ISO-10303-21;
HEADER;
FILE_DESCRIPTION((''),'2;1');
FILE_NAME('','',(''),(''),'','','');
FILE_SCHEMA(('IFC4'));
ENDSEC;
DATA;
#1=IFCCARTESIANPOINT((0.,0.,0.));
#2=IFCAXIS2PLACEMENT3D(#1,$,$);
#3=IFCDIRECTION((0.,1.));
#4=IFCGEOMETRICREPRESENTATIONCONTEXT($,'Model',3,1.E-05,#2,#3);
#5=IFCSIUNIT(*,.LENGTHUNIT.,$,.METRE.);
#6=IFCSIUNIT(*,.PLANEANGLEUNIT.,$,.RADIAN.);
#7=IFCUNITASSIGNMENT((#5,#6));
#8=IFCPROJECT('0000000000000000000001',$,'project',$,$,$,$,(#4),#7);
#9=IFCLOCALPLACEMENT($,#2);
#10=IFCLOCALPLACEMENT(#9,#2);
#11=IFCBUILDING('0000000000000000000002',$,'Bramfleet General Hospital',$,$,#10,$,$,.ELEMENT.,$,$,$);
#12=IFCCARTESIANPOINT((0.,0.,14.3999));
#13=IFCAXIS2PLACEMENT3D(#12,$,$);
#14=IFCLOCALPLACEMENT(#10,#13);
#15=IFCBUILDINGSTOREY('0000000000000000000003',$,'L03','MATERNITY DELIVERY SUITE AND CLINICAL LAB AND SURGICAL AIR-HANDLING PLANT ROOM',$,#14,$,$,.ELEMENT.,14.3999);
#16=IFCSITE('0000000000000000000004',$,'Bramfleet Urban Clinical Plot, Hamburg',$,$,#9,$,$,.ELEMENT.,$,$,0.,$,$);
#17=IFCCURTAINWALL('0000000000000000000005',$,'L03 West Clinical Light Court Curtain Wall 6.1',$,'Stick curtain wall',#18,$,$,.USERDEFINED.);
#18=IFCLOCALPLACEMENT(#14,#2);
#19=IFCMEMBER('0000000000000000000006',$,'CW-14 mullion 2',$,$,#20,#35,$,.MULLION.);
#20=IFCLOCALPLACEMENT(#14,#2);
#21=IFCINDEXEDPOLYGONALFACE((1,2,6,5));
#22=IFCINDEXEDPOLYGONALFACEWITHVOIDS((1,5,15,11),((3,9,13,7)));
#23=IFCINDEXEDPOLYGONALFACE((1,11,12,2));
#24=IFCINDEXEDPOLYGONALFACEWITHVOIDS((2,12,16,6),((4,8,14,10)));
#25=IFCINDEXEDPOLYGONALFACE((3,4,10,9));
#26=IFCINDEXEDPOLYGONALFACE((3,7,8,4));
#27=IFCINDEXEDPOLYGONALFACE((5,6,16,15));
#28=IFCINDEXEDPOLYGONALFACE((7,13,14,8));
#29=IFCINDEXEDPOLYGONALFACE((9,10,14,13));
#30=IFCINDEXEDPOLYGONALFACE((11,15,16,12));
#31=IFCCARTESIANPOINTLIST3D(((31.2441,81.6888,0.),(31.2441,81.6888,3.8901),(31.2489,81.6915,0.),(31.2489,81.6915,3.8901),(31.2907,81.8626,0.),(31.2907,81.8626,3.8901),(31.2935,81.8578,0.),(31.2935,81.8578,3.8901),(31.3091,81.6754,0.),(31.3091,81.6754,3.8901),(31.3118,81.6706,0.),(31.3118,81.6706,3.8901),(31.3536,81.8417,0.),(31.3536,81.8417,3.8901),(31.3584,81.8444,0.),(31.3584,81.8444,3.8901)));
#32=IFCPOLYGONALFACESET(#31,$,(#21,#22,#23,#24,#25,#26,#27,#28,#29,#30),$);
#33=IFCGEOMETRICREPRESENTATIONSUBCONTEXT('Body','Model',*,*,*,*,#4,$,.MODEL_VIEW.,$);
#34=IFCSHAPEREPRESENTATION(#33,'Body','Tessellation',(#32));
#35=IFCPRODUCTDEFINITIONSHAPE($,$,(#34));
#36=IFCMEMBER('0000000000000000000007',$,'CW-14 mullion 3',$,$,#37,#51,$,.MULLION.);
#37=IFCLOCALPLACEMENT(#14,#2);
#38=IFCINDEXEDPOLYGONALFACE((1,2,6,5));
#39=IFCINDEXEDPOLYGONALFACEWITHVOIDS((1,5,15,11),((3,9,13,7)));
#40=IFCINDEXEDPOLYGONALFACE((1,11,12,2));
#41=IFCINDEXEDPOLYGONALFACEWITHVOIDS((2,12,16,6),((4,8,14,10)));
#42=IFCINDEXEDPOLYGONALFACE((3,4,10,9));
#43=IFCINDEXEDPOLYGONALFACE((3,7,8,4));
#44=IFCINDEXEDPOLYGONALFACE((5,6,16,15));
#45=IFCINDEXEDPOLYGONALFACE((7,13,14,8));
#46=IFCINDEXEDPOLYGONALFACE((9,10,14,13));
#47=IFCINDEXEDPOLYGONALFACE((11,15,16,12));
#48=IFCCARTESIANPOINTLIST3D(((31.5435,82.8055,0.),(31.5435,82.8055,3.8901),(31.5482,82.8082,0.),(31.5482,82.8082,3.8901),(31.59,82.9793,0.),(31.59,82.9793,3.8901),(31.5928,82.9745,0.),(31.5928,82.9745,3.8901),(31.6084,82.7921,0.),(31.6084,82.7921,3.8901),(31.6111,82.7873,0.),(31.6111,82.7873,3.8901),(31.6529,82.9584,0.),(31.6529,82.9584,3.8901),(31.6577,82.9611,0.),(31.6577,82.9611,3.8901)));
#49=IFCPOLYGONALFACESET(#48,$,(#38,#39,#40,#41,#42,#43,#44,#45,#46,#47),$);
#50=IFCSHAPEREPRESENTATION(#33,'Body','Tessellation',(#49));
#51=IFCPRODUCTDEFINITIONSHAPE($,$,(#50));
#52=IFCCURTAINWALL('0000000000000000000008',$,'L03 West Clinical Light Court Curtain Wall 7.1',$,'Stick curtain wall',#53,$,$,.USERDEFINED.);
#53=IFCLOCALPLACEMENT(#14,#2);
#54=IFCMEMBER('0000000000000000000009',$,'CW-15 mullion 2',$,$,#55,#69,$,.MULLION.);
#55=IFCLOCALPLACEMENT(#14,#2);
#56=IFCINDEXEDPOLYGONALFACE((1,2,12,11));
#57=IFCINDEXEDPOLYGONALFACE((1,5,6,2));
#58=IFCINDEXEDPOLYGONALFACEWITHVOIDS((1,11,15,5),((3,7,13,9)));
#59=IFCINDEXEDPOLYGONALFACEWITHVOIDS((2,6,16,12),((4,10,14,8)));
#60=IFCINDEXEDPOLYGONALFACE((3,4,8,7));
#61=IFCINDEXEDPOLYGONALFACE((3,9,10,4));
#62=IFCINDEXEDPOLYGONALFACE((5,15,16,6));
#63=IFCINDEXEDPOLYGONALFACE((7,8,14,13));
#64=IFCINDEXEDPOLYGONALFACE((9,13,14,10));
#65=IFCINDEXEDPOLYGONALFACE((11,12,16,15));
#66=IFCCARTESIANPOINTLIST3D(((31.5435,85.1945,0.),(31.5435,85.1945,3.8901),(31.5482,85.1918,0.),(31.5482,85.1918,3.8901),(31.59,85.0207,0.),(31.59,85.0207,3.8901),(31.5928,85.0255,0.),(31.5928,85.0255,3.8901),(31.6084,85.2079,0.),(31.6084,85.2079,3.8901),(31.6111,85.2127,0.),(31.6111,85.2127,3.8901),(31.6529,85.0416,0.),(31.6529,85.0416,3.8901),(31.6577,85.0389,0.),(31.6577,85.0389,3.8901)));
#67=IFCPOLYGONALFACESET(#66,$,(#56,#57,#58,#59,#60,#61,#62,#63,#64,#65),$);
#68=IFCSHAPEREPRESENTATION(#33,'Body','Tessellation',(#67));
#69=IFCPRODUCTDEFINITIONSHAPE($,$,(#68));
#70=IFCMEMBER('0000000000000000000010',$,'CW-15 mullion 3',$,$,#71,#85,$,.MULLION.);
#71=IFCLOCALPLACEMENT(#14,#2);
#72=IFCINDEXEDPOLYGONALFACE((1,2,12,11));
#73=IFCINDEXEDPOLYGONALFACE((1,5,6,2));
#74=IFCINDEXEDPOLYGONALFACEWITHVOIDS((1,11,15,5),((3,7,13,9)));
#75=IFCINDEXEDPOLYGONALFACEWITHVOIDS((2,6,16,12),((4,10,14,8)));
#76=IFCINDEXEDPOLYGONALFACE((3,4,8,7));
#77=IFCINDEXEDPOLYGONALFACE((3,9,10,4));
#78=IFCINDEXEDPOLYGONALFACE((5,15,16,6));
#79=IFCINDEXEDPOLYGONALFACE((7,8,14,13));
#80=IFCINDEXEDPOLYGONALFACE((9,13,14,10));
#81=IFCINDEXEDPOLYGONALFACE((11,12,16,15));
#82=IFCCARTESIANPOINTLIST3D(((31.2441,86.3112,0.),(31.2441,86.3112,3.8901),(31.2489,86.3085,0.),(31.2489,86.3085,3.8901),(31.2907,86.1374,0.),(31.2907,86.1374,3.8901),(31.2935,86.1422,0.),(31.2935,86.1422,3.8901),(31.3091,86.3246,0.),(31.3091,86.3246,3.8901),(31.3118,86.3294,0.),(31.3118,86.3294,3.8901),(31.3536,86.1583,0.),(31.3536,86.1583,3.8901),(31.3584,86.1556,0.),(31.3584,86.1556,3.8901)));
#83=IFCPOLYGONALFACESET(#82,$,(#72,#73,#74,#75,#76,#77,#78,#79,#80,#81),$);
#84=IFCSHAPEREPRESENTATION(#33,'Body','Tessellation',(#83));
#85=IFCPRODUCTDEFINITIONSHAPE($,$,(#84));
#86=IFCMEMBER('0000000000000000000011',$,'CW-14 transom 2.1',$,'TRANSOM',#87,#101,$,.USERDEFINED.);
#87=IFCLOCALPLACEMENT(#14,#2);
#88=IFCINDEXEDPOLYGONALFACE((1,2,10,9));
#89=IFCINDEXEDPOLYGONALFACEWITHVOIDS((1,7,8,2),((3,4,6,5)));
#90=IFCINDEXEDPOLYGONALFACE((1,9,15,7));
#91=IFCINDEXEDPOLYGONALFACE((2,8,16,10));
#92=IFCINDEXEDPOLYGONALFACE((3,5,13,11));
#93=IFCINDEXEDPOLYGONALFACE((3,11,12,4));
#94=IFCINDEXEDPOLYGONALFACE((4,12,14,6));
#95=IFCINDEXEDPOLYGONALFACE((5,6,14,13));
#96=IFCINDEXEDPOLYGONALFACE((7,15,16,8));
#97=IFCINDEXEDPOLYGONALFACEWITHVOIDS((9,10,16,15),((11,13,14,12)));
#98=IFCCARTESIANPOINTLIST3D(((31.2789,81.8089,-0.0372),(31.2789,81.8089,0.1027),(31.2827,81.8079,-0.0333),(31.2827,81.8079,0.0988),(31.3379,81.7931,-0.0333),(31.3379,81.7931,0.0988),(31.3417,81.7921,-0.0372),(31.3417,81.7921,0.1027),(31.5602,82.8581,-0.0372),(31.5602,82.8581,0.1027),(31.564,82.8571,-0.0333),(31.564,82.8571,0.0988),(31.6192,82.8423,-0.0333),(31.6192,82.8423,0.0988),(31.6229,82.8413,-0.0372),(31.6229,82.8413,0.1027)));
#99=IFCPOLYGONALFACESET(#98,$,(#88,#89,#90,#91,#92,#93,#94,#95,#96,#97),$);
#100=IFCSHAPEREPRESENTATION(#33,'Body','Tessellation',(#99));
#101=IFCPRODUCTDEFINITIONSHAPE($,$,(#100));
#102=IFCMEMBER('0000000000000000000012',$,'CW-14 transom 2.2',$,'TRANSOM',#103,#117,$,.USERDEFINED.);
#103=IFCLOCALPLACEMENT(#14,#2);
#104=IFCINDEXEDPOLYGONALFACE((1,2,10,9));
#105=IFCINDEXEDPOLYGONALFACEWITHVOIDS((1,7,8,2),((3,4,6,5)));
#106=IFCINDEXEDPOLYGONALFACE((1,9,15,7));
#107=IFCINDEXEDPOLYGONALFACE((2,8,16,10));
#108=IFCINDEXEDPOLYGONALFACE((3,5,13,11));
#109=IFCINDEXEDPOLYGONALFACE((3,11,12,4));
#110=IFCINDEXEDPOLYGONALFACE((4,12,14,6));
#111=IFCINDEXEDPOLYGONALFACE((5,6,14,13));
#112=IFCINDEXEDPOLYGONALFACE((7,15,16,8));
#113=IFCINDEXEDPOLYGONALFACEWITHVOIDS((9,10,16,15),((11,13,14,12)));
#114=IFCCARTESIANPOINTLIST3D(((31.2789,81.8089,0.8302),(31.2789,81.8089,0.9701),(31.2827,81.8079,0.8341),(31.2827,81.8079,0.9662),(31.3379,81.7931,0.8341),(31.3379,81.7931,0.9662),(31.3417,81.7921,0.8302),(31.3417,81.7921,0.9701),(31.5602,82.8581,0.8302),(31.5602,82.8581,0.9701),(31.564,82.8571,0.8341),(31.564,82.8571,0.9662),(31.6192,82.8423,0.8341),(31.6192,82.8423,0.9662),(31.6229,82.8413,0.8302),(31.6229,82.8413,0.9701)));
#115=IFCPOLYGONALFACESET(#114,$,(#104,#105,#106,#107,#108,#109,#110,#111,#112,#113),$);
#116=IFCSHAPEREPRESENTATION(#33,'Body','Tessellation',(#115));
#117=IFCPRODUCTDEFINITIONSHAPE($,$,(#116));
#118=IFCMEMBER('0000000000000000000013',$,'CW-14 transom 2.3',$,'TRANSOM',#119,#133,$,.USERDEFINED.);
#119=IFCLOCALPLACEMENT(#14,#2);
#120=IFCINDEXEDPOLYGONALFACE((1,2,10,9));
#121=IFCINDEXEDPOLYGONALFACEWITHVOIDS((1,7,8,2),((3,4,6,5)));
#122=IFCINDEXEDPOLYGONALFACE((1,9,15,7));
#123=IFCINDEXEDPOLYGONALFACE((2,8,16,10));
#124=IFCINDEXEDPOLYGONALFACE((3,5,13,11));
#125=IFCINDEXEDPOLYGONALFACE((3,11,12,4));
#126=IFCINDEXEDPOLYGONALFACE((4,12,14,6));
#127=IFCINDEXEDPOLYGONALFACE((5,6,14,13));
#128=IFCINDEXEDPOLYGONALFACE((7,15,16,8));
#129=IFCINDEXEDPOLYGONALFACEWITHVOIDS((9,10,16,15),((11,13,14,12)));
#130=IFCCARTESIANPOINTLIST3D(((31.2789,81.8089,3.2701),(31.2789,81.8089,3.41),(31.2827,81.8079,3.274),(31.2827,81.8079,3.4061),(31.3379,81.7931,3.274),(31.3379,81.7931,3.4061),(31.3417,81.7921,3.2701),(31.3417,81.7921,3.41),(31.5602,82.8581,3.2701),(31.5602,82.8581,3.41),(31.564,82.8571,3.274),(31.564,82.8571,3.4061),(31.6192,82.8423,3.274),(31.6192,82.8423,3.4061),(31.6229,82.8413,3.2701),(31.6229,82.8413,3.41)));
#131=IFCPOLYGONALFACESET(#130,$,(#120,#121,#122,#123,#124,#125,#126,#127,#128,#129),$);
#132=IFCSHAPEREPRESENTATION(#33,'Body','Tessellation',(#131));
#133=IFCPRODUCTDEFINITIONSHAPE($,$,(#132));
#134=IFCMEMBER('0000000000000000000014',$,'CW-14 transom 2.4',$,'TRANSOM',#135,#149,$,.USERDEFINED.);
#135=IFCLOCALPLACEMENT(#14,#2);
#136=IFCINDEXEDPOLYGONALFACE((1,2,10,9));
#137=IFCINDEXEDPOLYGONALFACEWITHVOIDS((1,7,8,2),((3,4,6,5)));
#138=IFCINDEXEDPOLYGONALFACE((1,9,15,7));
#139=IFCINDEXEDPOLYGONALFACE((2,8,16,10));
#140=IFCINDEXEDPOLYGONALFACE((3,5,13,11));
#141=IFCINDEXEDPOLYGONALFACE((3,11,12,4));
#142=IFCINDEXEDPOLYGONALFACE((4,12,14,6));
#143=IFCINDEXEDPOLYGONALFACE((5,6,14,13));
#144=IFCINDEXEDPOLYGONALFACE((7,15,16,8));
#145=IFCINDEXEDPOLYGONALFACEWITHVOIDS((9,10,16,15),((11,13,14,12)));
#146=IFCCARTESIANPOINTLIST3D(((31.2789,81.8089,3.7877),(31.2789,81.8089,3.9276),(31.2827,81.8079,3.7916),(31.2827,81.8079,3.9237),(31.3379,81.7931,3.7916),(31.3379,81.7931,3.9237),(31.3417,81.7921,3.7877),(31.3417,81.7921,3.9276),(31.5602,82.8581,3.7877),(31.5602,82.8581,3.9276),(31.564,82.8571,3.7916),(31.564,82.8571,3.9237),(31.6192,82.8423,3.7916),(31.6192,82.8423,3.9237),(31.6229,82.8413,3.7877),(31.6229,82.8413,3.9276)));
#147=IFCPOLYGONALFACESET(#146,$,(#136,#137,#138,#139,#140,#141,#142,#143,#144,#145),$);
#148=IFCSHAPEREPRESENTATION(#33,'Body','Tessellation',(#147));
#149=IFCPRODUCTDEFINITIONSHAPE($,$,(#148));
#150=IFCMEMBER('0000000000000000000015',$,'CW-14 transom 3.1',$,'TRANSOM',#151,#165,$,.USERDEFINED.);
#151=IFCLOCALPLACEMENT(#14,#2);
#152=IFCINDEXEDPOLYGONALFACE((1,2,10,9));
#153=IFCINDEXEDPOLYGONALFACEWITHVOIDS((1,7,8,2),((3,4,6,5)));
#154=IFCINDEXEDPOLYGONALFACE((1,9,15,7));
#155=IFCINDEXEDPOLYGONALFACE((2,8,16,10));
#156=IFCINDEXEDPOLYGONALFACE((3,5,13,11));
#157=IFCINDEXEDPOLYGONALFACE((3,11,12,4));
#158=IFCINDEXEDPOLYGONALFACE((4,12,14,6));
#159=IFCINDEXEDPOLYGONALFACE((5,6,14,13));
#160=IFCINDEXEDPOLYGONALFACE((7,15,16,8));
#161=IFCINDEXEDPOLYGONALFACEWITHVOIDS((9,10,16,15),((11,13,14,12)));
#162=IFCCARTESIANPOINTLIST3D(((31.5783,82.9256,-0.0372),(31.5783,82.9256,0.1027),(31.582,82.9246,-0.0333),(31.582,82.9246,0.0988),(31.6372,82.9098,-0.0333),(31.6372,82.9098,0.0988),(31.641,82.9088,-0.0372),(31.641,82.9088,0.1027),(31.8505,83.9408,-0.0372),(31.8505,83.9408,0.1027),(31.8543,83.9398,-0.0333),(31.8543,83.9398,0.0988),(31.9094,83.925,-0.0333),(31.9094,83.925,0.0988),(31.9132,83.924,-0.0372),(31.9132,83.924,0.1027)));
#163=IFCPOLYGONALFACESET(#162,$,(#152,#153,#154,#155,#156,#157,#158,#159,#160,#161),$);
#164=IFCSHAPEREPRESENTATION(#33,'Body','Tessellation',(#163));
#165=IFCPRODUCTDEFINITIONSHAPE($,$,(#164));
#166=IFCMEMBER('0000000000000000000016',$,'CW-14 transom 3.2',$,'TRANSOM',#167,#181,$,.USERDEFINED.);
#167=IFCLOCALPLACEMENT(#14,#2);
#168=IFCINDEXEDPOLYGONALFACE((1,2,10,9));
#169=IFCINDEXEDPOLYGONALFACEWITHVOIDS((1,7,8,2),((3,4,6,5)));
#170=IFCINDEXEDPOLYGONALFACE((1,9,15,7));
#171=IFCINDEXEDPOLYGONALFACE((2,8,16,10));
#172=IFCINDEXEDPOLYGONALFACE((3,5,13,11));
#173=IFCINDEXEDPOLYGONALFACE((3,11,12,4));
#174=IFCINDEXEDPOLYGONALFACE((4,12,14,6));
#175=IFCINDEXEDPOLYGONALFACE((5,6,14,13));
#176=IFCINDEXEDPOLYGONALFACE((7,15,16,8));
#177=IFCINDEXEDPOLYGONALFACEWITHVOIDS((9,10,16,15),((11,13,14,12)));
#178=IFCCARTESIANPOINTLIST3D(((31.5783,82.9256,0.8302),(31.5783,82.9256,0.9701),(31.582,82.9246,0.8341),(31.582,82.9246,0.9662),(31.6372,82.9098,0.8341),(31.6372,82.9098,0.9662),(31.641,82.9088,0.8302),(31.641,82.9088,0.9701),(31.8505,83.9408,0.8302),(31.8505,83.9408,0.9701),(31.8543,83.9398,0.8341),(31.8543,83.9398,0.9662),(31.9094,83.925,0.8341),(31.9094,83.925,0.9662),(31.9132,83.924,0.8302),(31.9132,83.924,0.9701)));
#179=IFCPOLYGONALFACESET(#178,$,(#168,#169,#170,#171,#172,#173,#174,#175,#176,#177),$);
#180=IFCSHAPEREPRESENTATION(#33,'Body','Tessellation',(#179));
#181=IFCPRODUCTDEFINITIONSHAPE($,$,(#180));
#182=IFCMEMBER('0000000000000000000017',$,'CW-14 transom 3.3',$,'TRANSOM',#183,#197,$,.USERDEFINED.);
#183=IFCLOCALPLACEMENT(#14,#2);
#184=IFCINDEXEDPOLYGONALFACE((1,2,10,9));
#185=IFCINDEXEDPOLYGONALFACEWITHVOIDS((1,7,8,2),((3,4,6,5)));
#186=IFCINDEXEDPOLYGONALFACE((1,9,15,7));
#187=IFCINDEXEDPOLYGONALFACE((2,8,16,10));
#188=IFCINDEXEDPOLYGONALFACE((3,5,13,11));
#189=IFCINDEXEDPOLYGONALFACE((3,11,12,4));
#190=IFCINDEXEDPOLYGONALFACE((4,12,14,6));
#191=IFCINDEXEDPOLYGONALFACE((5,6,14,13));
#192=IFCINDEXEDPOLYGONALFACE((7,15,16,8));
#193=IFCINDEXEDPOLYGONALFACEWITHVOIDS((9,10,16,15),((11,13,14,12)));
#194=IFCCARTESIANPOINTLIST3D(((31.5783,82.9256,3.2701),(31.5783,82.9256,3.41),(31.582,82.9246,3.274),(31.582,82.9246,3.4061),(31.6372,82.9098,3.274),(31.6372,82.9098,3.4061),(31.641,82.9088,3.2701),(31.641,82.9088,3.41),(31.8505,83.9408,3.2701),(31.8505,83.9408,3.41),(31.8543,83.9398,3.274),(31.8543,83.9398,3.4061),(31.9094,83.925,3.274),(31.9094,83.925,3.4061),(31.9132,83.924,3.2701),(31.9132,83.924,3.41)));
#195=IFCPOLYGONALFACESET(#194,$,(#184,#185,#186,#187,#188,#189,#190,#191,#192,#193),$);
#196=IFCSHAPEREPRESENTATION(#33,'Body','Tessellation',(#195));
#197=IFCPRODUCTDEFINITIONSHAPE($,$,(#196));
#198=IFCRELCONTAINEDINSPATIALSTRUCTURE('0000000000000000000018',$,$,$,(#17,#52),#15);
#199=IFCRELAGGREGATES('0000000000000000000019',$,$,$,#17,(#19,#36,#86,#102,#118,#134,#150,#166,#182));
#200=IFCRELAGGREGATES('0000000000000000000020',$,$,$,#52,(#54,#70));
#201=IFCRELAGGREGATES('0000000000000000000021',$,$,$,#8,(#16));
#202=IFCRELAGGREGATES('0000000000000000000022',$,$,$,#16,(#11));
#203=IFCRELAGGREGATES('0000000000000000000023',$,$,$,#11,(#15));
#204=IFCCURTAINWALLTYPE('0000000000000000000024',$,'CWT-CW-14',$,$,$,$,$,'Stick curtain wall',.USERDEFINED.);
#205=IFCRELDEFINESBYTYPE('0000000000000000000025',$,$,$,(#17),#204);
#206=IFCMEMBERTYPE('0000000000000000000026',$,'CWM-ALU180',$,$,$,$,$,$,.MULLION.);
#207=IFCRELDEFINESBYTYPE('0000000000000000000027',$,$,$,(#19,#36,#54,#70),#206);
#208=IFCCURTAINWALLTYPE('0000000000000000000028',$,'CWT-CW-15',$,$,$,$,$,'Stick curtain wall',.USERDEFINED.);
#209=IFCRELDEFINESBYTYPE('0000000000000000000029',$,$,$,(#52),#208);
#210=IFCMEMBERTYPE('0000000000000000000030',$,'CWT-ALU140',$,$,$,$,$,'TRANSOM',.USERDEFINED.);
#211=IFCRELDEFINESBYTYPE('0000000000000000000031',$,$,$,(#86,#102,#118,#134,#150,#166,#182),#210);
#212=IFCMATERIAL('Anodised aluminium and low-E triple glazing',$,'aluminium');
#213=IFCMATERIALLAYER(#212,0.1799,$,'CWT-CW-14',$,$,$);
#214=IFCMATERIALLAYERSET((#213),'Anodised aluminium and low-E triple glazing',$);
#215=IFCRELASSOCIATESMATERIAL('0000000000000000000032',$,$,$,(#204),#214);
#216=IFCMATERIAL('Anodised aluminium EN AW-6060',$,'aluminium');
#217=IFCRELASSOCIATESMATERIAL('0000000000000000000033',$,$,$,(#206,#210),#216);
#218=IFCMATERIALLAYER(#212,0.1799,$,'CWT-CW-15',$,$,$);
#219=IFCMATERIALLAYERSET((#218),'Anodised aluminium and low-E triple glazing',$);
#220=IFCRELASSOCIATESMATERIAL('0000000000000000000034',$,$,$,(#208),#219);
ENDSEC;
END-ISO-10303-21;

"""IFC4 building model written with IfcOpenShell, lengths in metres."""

from ifc_helpers import new_model, si_unit, direction, frame, origin, origin_2d, place, context, subcontext, project, spatial, hollow_rectangle, extrude, material, layer, layer_set, material_profile, profile_set, type_object, element, aggregate, save


model = new_model("IFC4")

# Units and contexts
model_context = context("Model", 3, precision=1e-05, world=origin(), true_north=direction((0.0, 1.0)))
body_context = subcontext(model_context, "Body", "Model", "MODEL_VIEW")
ifc_project = project(units=[si_unit("LENGTHUNIT", "METRE"), si_unit("PLANEANGLEUNIT", "RADIAN")], contexts=[model_context])

# Site, building, storey
site_placement = place(None, origin())
site = spatial("IfcSite", under=ifc_project, at=site_placement, Name="Bramfleet Urban Clinical Plot, Hamburg", CompositionType="ELEMENT", RefElevation=0.0)
building_placement = place(site_placement, origin())
building = spatial("IfcBuilding", under=site, at=building_placement, Name="Bramfleet General Hospital", CompositionType="ELEMENT")
storey_placement = place(building_placement, frame((0.0, 0.0, 14.3999)))
storey = spatial("IfcBuildingStorey", under=building, at=storey_placement, Name="L03", Description="MATERNITY DELIVERY SUITE AND CLINICAL LAB AND SURGICAL AIR-HANDLING PLANT ROOM", CompositionType="ELEMENT", Elevation=14.3999)

# Curtain walls, members
ifc_material_1 = material(Name="Anodised aluminium and low-E triple glazing", Category="aluminium")
ifc_layer_1 = layer(ifc_material_1, 0.1799, Name="CWT-CW-14")
ifc_layer_set_1 = layer_set([ifc_layer_1], Name="Anodised aluminium and low-E triple glazing")
curtain_wall_type_1 = type_object("IfcCurtainWallType", Name="CWT-CW-14", ElementType="Stick curtain wall", PredefinedType="USERDEFINED", material=ifc_layer_set_1)
curtain_wall_1_placement = place(storey_placement, origin())
curtain_wall_1 = element("IfcCurtainWall", 1, at=curtain_wall_1_placement, inside=storey, type_object=curtain_wall_type_1, Name="L03 West Clinical Light Court Curtain Wall 6.1", ObjectType="Stick curtain wall", PredefinedType="USERDEFINED")
ifc_material_2 = material(Name="Anodised aluminium EN AW-6060", Category="aluminium")
ifc_material_profile_1 = material_profile(ifc_material_2, hollow_rectangle(XDim=0.0701, YDim=0.1799, WallThickness=0.0039, at=origin_2d()), Name="ALU 180x70x4.0")
ifc_profile_set_1 = profile_set([ifc_material_profile_1], Name="Anodised aluminium EN AW-6060")
member_type_1 = type_object("IfcMemberType", Name="CWM-ALU180", PredefinedType="MULLION", material=ifc_profile_set_1)
member_1_placement = place(storey_placement, frame((31.3013, 81.7666, 0.0), z_axis=(0.0, 0.0, 1.0), x_axis=(-0.965899, 0.258919, 0.0)))
member_1 = element("IfcMember", 2, at=member_1_placement, type_object=member_type_1, Name="CW-14 mullion 2", PredefinedType="MULLION", context=body_context, shape_type="SweptSolid", body=[
    extrude(hollow_rectangle(XDim=0.0701, YDim=0.1799, WallThickness=0.0039, at=origin_2d()), origin(), (0.0, 0.0, 1.0), 3.8901),
])
member_2_placement = place(storey_placement, frame((31.6006, 82.8833, 0.0), z_axis=(0.0, 0.0, 1.0), x_axis=(-0.965899, 0.258919, 0.0)))
member_2 = element("IfcMember", 3, at=member_2_placement, type_object=member_type_1, Name="CW-14 mullion 3", PredefinedType="MULLION", context=body_context, shape_type="SweptSolid", body=[
    extrude(hollow_rectangle(XDim=0.0701, YDim=0.1799, WallThickness=0.0039, at=origin_2d()), origin(), (0.0, 0.0, 1.0), 3.8901),
])
ifc_layer_2 = layer(ifc_material_1, 0.1799, Name="CWT-CW-15")
ifc_layer_set_2 = layer_set([ifc_layer_2], Name="Anodised aluminium and low-E triple glazing")
curtain_wall_type_2 = type_object("IfcCurtainWallType", Name="CWT-CW-15", ElementType="Stick curtain wall", PredefinedType="USERDEFINED", material=ifc_layer_set_2)
curtain_wall_2_placement = place(storey_placement, origin())
curtain_wall_2 = element("IfcCurtainWall", 4, at=curtain_wall_2_placement, inside=storey, type_object=curtain_wall_type_2, Name="L03 West Clinical Light Court Curtain Wall 7.1", ObjectType="Stick curtain wall", PredefinedType="USERDEFINED")
member_3_placement = place(storey_placement, frame((31.6006, 85.1167, 0.0), z_axis=(0.0, 0.0, 1.0), x_axis=(-0.965899, -0.258919, 0.0)))
member_3 = element("IfcMember", 5, at=member_3_placement, type_object=member_type_1, Name="CW-15 mullion 2", PredefinedType="MULLION", context=body_context, shape_type="SweptSolid", body=[
    extrude(hollow_rectangle(XDim=0.0701, YDim=0.1799, WallThickness=0.0039, at=origin_2d()), origin(), (0.0, 0.0, 1.0), 3.8901),
])
member_4_placement = place(storey_placement, frame((31.3013, 86.2334, 0.0), z_axis=(0.0, 0.0, 1.0), x_axis=(-0.965899, -0.258919, 0.0)))
member_4 = element("IfcMember", 6, at=member_4_placement, type_object=member_type_1, Name="CW-15 mullion 3", PredefinedType="MULLION", context=body_context, shape_type="SweptSolid", body=[
    extrude(hollow_rectangle(XDim=0.0701, YDim=0.1799, WallThickness=0.0039, at=origin_2d()), origin(), (0.0, 0.0, 1.0), 3.8901),
])

# Members
ifc_material_profile_2 = material_profile(ifc_material_2, hollow_rectangle(XDim=0.0649, YDim=0.1399, WallThickness=0.0039, at=origin_2d()), Name="ALU 140x65x4.0")
ifc_profile_set_2 = profile_set([ifc_material_profile_2], Name="Anodised aluminium EN AW-6060")
member_type_2 = type_object("IfcMemberType", Name="CWT-ALU140", ElementType="TRANSOM", PredefinedType="USERDEFINED", material=ifc_profile_set_2)
member_5_placement = place(storey_placement, frame((31.3103, 81.8005, 0.0327), z_axis=(0.25895, 0.965891, 0.0), x_axis=(-0.965891, 0.25895, 0.0)))
member_5 = element("IfcMember", 7, at=member_5_placement, type_object=member_type_2, Name="CW-14 transom 2.1", ObjectType="TRANSOM", PredefinedType="USERDEFINED", context=body_context, shape_type="SweptSolid", body=[
    extrude(hollow_rectangle(XDim=0.0649, YDim=0.1399, WallThickness=0.0039, at=origin_2d()), origin(), (0.0, 0.0, 1.0), 1.0862),
])
member_6_placement = place(storey_placement, frame((31.3103, 81.8005, 0.9001), z_axis=(0.25895, 0.965891, 0.0), x_axis=(-0.965891, 0.25895, 0.0)))
member_6 = element("IfcMember", 8, at=member_6_placement, type_object=member_type_2, Name="CW-14 transom 2.2", ObjectType="TRANSOM", PredefinedType="USERDEFINED", context=body_context, shape_type="SweptSolid", body=[
    extrude(hollow_rectangle(XDim=0.0649, YDim=0.1399, WallThickness=0.0039, at=origin_2d()), origin(), (0.0, 0.0, 1.0), 1.0862),
])
member_7_placement = place(storey_placement, frame((31.3103, 81.8005, 3.3401), z_axis=(0.25895, 0.965891, 0.0), x_axis=(-0.965891, 0.25895, 0.0)))
member_7 = element("IfcMember", 9, at=member_7_placement, type_object=member_type_2, Name="CW-14 transom 2.3", ObjectType="TRANSOM", PredefinedType="USERDEFINED", context=body_context, shape_type="SweptSolid", body=[
    extrude(hollow_rectangle(XDim=0.0649, YDim=0.1399, WallThickness=0.0039, at=origin_2d()), origin(), (0.0, 0.0, 1.0), 1.0862),
])
member_8_placement = place(storey_placement, frame((31.3103, 81.8005, 3.8577), z_axis=(0.25895, 0.965891, 0.0), x_axis=(-0.965891, 0.25895, 0.0)))
member_8 = element("IfcMember", 10, at=member_8_placement, type_object=member_type_2, Name="CW-14 transom 2.4", ObjectType="TRANSOM", PredefinedType="USERDEFINED", context=body_context, shape_type="SweptSolid", body=[
    extrude(hollow_rectangle(XDim=0.0649, YDim=0.1399, WallThickness=0.0039, at=origin_2d()), origin(), (0.0, 0.0, 1.0), 1.0862),
])
member_9_placement = place(storey_placement, frame((31.6096, 82.9172, 0.0327), z_axis=(0.259007, 0.965875, 0.0), x_axis=(-0.965875, 0.259007, 0.0)))
member_9 = element("IfcMember", 11, at=member_9_placement, type_object=member_type_2, Name="CW-14 transom 3.1", ObjectType="TRANSOM", PredefinedType="USERDEFINED", context=body_context, shape_type="SweptSolid", body=[
    extrude(hollow_rectangle(XDim=0.0649, YDim=0.1399, WallThickness=0.0039, at=origin_2d()), origin(), (0.0, 0.0, 1.0), 1.051),
])
member_10_placement = place(storey_placement, frame((31.6096, 82.9172, 0.9001), z_axis=(0.259007, 0.965875, 0.0), x_axis=(-0.965875, 0.259007, 0.0)))
member_10 = element("IfcMember", 12, at=member_10_placement, type_object=member_type_2, Name="CW-14 transom 3.2", ObjectType="TRANSOM", PredefinedType="USERDEFINED", context=body_context, shape_type="SweptSolid", body=[
    extrude(hollow_rectangle(XDim=0.0649, YDim=0.1399, WallThickness=0.0039, at=origin_2d()), origin(), (0.0, 0.0, 1.0), 1.051),
])
member_11_placement = place(storey_placement, frame((31.6096, 82.9172, 3.3401), z_axis=(0.259007, 0.965875, 0.0), x_axis=(-0.965875, 0.259007, 0.0)))
member_11 = element("IfcMember", 13, at=member_11_placement, type_object=member_type_2, Name="CW-14 transom 3.3", ObjectType="TRANSOM", PredefinedType="USERDEFINED", context=body_context, shape_type="SweptSolid", body=[
    extrude(hollow_rectangle(XDim=0.0649, YDim=0.1399, WallThickness=0.0039, at=origin_2d()), origin(), (0.0, 0.0, 1.0), 1.051),
])

aggregate(curtain_wall_1, [member_1, member_2, member_5, member_6, member_7, member_8, member_9, member_10, member_11])
aggregate(curtain_wall_2, [member_3, member_4])

save(model, "model.ifc")
